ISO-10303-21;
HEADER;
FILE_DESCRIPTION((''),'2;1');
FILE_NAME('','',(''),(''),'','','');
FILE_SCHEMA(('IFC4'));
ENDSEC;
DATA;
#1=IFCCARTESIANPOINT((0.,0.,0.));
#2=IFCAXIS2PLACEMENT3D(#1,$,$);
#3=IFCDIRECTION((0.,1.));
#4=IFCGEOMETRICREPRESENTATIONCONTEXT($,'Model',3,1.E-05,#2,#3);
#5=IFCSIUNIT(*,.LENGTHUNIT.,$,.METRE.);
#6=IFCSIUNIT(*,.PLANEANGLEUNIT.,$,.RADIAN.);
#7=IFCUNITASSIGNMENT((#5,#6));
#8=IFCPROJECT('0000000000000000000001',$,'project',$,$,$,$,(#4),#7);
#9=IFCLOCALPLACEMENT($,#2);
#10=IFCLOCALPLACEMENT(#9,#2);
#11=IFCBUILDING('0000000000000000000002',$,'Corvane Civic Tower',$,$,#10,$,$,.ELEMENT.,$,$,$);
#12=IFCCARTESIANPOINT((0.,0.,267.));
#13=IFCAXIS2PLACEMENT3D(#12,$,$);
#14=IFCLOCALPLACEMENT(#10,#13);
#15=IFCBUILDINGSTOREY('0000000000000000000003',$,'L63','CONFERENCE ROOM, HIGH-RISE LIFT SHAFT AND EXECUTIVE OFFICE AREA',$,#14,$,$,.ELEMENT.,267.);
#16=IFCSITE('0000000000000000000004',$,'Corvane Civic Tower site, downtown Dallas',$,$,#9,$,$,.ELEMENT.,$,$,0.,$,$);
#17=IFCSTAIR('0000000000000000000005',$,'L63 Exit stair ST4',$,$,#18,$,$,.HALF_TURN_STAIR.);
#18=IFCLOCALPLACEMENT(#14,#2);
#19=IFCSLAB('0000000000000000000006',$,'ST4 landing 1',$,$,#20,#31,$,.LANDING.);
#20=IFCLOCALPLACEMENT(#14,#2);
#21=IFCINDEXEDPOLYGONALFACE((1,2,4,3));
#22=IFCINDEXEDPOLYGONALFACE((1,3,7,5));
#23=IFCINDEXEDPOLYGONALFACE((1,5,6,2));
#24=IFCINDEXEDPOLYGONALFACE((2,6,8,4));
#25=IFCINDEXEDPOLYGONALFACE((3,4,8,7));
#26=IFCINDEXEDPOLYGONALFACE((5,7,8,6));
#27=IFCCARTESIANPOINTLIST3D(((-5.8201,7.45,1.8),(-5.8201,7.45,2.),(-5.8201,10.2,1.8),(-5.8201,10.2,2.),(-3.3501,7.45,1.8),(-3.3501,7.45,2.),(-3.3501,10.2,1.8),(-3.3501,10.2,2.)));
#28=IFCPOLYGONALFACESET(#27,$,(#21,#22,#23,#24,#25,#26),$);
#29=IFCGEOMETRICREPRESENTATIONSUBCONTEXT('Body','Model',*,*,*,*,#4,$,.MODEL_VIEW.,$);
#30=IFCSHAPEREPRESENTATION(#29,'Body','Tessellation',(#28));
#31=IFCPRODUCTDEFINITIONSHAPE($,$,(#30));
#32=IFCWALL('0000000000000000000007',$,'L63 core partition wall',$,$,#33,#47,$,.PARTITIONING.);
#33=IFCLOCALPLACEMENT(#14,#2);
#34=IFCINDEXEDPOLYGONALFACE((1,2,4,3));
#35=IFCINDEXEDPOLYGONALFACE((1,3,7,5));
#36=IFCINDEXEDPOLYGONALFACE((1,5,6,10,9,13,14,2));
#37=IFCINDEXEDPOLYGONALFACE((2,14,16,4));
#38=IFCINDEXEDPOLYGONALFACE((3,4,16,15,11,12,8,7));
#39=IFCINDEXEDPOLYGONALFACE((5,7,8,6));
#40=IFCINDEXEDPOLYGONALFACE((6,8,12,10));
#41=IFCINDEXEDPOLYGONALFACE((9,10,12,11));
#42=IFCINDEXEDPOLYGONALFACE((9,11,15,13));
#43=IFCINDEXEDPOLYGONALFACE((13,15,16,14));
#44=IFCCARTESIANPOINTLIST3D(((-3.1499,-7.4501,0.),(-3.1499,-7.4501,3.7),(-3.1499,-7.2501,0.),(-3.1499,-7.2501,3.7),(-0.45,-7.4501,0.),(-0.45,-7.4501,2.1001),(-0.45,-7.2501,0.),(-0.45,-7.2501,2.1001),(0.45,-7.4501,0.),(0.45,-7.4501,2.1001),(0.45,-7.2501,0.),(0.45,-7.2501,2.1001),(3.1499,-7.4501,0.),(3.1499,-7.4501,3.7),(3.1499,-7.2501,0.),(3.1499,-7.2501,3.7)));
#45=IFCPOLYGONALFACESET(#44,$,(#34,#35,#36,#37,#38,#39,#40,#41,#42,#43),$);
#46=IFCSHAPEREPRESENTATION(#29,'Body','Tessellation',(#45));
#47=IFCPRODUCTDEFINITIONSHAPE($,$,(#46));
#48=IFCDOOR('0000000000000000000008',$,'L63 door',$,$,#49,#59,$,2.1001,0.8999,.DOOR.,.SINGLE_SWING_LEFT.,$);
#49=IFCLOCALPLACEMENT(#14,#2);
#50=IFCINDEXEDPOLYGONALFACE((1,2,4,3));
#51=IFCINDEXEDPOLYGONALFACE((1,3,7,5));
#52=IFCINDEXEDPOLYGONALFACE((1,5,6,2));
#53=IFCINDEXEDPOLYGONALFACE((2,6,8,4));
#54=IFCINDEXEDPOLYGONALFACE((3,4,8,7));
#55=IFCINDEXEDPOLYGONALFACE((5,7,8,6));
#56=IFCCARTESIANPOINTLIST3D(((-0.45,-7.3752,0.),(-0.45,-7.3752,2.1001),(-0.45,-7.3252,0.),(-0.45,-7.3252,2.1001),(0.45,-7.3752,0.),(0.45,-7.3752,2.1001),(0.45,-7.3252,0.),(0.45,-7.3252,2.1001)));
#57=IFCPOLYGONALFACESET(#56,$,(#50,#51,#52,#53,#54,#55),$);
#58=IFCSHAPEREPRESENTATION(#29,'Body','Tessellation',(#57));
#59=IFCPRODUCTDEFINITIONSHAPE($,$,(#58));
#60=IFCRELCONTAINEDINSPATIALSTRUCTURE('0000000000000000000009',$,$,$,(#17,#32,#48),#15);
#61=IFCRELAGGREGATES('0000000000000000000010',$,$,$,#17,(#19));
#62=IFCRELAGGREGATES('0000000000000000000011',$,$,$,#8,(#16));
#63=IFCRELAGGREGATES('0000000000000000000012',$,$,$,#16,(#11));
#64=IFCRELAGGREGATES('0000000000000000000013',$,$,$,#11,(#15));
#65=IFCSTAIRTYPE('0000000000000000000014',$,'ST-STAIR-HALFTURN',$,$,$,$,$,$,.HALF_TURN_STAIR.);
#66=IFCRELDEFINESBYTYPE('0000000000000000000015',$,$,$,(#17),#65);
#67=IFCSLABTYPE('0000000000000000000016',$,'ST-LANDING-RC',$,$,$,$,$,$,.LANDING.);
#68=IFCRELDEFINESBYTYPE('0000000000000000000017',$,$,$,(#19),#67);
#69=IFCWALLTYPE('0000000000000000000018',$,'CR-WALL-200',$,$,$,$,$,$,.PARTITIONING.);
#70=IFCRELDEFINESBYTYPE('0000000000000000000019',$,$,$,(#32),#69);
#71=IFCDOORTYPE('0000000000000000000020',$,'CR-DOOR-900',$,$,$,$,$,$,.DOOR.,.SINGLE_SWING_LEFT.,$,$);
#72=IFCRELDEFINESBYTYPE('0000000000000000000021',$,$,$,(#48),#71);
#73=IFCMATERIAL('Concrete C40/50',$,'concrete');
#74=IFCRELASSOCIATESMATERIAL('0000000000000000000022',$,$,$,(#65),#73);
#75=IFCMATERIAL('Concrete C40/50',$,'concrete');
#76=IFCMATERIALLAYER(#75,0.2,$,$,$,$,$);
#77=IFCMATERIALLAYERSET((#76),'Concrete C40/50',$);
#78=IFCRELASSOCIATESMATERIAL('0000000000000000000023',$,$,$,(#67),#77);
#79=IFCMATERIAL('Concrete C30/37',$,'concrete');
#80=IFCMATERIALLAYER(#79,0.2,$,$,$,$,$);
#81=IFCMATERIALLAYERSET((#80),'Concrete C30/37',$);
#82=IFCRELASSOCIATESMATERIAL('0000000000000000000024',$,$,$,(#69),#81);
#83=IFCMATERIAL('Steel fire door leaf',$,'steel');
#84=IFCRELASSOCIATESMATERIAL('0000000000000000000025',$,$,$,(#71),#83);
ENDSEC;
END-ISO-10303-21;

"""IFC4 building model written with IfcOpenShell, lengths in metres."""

from ifc_helpers import new_model, si_unit, direction, frame, frame_2d, origin, place, context, subcontext, project, spatial, polyline, rectangle, outline, extrude, material, layer, layer_set, type_object, element, fill, aggregate, save


model = new_model("IFC4")

# Units and contexts
model_context = context("Model", 3, precision=1e-05, world=origin(), true_north=direction((0.0, 1.0)))
body_context = subcontext(model_context, "Body", "Model", "MODEL_VIEW")
ifc_project = project(units=[si_unit("LENGTHUNIT", "METRE"), si_unit("PLANEANGLEUNIT", "RADIAN")], contexts=[model_context])

# Site, building, storey
site_placement = place(None, origin())
site = spatial("IfcSite", under=ifc_project, at=site_placement, Name="Corvane Civic Tower site, downtown Dallas", CompositionType="ELEMENT", RefElevation=0.0)
building_placement = place(site_placement, origin())
building = spatial("IfcBuilding", under=site, at=building_placement, Name="Corvane Civic Tower", CompositionType="ELEMENT")
storey_placement = place(building_placement, frame((0.0, 0.0, 267.0)))
storey = spatial("IfcBuildingStorey", under=building, at=storey_placement, Name="L63", Description="CONFERENCE ROOM, HIGH-RISE LIFT SHAFT AND EXECUTIVE OFFICE AREA", CompositionType="ELEMENT", Elevation=267.0)

# Stair, slab
ifc_material_1 = material(Name="Concrete C40/50", Category="concrete")
stair_type = type_object("IfcStairType", Name="ST-STAIR-HALFTURN", PredefinedType="HALF_TURN_STAIR", material=ifc_material_1)
ifc_material_2 = material(Name="Concrete C40/50", Category="concrete")
ifc_layer_1 = layer(ifc_material_2, 0.2)
ifc_layer_set_1 = layer_set([ifc_layer_1], Name="Concrete C40/50")
slab_type_1 = type_object("IfcSlabType", Name="ST-LANDING-RC", PredefinedType="LANDING", material=ifc_layer_set_1)
stair_1_placement = place(storey_placement, origin())
stair_1 = element("IfcStair", 1, at=stair_1_placement, inside=storey, type_object=stair_type, Name="L63 Exit stair ST4", PredefinedType="HALF_TURN_STAIR")
slab_1_placement = place(storey_placement, frame((0.0, 0.0, 1.8)))
slab_1 = element("IfcSlab", 2, at=slab_1_placement, type_object=slab_type_1, Name="ST4 landing 1", PredefinedType="LANDING", context=body_context, shape_type="SweptSolid", body=[
    extrude(outline(polyline([(-5.8201, 7.45), (-3.3501, 7.45), (-3.3501, 10.2), (-5.8201, 10.2), (-5.8201, 7.45)])), origin(), (0.0, 0.0, 1.0), 0.2),
])
aggregate(stair_1, [slab_1])

# Wall, opening, door
ifc_material_3 = material(Name="Concrete C30/37", Category="concrete")
ifc_layer_2 = layer(ifc_material_3, 0.2)
ifc_layer_set_2 = layer_set([ifc_layer_2], Name="Concrete C30/37")
wall_type_1 = type_object("IfcWallType", Name="CR-WALL-200", PredefinedType="PARTITIONING", material=ifc_layer_set_2)
wall_1_placement = place(storey_placement, frame((-3.1499, -7.3501, 0.0), z_axis=(0.0, 0.0, 1.0), x_axis=(1.0, 0.0, 0.0)))
wall_1 = element("IfcWall", 3, at=wall_1_placement, inside=storey, type_object=wall_type_1, Name="L63 core partition wall", PredefinedType="PARTITIONING", context=body_context, shape_type="SweptSolid", body=[
    extrude(rectangle(XDim=6.2998, YDim=0.2, at=frame_2d((3.1499, 0.0))), origin(), (0.0, 0.0, 1.0), 3.7),
])
opening_1_placement = place(wall_1_placement, frame((2.7, 0.0, 0.0)))
opening_1 = element("IfcOpeningElement", 4, at=opening_1_placement, cuts=wall_1, PredefinedType="OPENING", context=body_context, shape_type="SweptSolid", body=[
    extrude(rectangle(XDim=0.8999, YDim=2.1001, at=frame_2d((0.45, 1.05))), frame((0.0, 0.1099, 0.0), z_axis=(0.0, -1.0, 0.0), x_axis=(1.0, 0.0, 0.0)), (0.0, 0.0, 1.0), 0.22),
])
ifc_material_4 = material(Name="Steel fire door leaf", Category="steel")
door_type_1 = type_object("IfcDoorType", Name="CR-DOOR-900", OperationType="SINGLE_SWING_LEFT", PredefinedType="DOOR", material=ifc_material_4)
door_1_placement = place(opening_1_placement, origin())
door_1 = element("IfcDoor", 5, at=door_1_placement, inside=storey, type_object=door_type_1, Name="L63 door", OperationType="SINGLE_SWING_LEFT", OverallHeight=2.1001, OverallWidth=0.8999, PredefinedType="DOOR", context=body_context, shape_type="SweptSolid", body=[
    extrude(rectangle(XDim=0.8999, YDim=2.1001, at=frame_2d((0.45, 1.05))), frame((0.0, 0.0249, 0.0), z_axis=(0.0, -1.0, 0.0), x_axis=(1.0, 0.0, 0.0)), (0.0, 0.0, 1.0), 0.05),
])
fill(opening_1, door_1)

save(model, "model.ifc")
